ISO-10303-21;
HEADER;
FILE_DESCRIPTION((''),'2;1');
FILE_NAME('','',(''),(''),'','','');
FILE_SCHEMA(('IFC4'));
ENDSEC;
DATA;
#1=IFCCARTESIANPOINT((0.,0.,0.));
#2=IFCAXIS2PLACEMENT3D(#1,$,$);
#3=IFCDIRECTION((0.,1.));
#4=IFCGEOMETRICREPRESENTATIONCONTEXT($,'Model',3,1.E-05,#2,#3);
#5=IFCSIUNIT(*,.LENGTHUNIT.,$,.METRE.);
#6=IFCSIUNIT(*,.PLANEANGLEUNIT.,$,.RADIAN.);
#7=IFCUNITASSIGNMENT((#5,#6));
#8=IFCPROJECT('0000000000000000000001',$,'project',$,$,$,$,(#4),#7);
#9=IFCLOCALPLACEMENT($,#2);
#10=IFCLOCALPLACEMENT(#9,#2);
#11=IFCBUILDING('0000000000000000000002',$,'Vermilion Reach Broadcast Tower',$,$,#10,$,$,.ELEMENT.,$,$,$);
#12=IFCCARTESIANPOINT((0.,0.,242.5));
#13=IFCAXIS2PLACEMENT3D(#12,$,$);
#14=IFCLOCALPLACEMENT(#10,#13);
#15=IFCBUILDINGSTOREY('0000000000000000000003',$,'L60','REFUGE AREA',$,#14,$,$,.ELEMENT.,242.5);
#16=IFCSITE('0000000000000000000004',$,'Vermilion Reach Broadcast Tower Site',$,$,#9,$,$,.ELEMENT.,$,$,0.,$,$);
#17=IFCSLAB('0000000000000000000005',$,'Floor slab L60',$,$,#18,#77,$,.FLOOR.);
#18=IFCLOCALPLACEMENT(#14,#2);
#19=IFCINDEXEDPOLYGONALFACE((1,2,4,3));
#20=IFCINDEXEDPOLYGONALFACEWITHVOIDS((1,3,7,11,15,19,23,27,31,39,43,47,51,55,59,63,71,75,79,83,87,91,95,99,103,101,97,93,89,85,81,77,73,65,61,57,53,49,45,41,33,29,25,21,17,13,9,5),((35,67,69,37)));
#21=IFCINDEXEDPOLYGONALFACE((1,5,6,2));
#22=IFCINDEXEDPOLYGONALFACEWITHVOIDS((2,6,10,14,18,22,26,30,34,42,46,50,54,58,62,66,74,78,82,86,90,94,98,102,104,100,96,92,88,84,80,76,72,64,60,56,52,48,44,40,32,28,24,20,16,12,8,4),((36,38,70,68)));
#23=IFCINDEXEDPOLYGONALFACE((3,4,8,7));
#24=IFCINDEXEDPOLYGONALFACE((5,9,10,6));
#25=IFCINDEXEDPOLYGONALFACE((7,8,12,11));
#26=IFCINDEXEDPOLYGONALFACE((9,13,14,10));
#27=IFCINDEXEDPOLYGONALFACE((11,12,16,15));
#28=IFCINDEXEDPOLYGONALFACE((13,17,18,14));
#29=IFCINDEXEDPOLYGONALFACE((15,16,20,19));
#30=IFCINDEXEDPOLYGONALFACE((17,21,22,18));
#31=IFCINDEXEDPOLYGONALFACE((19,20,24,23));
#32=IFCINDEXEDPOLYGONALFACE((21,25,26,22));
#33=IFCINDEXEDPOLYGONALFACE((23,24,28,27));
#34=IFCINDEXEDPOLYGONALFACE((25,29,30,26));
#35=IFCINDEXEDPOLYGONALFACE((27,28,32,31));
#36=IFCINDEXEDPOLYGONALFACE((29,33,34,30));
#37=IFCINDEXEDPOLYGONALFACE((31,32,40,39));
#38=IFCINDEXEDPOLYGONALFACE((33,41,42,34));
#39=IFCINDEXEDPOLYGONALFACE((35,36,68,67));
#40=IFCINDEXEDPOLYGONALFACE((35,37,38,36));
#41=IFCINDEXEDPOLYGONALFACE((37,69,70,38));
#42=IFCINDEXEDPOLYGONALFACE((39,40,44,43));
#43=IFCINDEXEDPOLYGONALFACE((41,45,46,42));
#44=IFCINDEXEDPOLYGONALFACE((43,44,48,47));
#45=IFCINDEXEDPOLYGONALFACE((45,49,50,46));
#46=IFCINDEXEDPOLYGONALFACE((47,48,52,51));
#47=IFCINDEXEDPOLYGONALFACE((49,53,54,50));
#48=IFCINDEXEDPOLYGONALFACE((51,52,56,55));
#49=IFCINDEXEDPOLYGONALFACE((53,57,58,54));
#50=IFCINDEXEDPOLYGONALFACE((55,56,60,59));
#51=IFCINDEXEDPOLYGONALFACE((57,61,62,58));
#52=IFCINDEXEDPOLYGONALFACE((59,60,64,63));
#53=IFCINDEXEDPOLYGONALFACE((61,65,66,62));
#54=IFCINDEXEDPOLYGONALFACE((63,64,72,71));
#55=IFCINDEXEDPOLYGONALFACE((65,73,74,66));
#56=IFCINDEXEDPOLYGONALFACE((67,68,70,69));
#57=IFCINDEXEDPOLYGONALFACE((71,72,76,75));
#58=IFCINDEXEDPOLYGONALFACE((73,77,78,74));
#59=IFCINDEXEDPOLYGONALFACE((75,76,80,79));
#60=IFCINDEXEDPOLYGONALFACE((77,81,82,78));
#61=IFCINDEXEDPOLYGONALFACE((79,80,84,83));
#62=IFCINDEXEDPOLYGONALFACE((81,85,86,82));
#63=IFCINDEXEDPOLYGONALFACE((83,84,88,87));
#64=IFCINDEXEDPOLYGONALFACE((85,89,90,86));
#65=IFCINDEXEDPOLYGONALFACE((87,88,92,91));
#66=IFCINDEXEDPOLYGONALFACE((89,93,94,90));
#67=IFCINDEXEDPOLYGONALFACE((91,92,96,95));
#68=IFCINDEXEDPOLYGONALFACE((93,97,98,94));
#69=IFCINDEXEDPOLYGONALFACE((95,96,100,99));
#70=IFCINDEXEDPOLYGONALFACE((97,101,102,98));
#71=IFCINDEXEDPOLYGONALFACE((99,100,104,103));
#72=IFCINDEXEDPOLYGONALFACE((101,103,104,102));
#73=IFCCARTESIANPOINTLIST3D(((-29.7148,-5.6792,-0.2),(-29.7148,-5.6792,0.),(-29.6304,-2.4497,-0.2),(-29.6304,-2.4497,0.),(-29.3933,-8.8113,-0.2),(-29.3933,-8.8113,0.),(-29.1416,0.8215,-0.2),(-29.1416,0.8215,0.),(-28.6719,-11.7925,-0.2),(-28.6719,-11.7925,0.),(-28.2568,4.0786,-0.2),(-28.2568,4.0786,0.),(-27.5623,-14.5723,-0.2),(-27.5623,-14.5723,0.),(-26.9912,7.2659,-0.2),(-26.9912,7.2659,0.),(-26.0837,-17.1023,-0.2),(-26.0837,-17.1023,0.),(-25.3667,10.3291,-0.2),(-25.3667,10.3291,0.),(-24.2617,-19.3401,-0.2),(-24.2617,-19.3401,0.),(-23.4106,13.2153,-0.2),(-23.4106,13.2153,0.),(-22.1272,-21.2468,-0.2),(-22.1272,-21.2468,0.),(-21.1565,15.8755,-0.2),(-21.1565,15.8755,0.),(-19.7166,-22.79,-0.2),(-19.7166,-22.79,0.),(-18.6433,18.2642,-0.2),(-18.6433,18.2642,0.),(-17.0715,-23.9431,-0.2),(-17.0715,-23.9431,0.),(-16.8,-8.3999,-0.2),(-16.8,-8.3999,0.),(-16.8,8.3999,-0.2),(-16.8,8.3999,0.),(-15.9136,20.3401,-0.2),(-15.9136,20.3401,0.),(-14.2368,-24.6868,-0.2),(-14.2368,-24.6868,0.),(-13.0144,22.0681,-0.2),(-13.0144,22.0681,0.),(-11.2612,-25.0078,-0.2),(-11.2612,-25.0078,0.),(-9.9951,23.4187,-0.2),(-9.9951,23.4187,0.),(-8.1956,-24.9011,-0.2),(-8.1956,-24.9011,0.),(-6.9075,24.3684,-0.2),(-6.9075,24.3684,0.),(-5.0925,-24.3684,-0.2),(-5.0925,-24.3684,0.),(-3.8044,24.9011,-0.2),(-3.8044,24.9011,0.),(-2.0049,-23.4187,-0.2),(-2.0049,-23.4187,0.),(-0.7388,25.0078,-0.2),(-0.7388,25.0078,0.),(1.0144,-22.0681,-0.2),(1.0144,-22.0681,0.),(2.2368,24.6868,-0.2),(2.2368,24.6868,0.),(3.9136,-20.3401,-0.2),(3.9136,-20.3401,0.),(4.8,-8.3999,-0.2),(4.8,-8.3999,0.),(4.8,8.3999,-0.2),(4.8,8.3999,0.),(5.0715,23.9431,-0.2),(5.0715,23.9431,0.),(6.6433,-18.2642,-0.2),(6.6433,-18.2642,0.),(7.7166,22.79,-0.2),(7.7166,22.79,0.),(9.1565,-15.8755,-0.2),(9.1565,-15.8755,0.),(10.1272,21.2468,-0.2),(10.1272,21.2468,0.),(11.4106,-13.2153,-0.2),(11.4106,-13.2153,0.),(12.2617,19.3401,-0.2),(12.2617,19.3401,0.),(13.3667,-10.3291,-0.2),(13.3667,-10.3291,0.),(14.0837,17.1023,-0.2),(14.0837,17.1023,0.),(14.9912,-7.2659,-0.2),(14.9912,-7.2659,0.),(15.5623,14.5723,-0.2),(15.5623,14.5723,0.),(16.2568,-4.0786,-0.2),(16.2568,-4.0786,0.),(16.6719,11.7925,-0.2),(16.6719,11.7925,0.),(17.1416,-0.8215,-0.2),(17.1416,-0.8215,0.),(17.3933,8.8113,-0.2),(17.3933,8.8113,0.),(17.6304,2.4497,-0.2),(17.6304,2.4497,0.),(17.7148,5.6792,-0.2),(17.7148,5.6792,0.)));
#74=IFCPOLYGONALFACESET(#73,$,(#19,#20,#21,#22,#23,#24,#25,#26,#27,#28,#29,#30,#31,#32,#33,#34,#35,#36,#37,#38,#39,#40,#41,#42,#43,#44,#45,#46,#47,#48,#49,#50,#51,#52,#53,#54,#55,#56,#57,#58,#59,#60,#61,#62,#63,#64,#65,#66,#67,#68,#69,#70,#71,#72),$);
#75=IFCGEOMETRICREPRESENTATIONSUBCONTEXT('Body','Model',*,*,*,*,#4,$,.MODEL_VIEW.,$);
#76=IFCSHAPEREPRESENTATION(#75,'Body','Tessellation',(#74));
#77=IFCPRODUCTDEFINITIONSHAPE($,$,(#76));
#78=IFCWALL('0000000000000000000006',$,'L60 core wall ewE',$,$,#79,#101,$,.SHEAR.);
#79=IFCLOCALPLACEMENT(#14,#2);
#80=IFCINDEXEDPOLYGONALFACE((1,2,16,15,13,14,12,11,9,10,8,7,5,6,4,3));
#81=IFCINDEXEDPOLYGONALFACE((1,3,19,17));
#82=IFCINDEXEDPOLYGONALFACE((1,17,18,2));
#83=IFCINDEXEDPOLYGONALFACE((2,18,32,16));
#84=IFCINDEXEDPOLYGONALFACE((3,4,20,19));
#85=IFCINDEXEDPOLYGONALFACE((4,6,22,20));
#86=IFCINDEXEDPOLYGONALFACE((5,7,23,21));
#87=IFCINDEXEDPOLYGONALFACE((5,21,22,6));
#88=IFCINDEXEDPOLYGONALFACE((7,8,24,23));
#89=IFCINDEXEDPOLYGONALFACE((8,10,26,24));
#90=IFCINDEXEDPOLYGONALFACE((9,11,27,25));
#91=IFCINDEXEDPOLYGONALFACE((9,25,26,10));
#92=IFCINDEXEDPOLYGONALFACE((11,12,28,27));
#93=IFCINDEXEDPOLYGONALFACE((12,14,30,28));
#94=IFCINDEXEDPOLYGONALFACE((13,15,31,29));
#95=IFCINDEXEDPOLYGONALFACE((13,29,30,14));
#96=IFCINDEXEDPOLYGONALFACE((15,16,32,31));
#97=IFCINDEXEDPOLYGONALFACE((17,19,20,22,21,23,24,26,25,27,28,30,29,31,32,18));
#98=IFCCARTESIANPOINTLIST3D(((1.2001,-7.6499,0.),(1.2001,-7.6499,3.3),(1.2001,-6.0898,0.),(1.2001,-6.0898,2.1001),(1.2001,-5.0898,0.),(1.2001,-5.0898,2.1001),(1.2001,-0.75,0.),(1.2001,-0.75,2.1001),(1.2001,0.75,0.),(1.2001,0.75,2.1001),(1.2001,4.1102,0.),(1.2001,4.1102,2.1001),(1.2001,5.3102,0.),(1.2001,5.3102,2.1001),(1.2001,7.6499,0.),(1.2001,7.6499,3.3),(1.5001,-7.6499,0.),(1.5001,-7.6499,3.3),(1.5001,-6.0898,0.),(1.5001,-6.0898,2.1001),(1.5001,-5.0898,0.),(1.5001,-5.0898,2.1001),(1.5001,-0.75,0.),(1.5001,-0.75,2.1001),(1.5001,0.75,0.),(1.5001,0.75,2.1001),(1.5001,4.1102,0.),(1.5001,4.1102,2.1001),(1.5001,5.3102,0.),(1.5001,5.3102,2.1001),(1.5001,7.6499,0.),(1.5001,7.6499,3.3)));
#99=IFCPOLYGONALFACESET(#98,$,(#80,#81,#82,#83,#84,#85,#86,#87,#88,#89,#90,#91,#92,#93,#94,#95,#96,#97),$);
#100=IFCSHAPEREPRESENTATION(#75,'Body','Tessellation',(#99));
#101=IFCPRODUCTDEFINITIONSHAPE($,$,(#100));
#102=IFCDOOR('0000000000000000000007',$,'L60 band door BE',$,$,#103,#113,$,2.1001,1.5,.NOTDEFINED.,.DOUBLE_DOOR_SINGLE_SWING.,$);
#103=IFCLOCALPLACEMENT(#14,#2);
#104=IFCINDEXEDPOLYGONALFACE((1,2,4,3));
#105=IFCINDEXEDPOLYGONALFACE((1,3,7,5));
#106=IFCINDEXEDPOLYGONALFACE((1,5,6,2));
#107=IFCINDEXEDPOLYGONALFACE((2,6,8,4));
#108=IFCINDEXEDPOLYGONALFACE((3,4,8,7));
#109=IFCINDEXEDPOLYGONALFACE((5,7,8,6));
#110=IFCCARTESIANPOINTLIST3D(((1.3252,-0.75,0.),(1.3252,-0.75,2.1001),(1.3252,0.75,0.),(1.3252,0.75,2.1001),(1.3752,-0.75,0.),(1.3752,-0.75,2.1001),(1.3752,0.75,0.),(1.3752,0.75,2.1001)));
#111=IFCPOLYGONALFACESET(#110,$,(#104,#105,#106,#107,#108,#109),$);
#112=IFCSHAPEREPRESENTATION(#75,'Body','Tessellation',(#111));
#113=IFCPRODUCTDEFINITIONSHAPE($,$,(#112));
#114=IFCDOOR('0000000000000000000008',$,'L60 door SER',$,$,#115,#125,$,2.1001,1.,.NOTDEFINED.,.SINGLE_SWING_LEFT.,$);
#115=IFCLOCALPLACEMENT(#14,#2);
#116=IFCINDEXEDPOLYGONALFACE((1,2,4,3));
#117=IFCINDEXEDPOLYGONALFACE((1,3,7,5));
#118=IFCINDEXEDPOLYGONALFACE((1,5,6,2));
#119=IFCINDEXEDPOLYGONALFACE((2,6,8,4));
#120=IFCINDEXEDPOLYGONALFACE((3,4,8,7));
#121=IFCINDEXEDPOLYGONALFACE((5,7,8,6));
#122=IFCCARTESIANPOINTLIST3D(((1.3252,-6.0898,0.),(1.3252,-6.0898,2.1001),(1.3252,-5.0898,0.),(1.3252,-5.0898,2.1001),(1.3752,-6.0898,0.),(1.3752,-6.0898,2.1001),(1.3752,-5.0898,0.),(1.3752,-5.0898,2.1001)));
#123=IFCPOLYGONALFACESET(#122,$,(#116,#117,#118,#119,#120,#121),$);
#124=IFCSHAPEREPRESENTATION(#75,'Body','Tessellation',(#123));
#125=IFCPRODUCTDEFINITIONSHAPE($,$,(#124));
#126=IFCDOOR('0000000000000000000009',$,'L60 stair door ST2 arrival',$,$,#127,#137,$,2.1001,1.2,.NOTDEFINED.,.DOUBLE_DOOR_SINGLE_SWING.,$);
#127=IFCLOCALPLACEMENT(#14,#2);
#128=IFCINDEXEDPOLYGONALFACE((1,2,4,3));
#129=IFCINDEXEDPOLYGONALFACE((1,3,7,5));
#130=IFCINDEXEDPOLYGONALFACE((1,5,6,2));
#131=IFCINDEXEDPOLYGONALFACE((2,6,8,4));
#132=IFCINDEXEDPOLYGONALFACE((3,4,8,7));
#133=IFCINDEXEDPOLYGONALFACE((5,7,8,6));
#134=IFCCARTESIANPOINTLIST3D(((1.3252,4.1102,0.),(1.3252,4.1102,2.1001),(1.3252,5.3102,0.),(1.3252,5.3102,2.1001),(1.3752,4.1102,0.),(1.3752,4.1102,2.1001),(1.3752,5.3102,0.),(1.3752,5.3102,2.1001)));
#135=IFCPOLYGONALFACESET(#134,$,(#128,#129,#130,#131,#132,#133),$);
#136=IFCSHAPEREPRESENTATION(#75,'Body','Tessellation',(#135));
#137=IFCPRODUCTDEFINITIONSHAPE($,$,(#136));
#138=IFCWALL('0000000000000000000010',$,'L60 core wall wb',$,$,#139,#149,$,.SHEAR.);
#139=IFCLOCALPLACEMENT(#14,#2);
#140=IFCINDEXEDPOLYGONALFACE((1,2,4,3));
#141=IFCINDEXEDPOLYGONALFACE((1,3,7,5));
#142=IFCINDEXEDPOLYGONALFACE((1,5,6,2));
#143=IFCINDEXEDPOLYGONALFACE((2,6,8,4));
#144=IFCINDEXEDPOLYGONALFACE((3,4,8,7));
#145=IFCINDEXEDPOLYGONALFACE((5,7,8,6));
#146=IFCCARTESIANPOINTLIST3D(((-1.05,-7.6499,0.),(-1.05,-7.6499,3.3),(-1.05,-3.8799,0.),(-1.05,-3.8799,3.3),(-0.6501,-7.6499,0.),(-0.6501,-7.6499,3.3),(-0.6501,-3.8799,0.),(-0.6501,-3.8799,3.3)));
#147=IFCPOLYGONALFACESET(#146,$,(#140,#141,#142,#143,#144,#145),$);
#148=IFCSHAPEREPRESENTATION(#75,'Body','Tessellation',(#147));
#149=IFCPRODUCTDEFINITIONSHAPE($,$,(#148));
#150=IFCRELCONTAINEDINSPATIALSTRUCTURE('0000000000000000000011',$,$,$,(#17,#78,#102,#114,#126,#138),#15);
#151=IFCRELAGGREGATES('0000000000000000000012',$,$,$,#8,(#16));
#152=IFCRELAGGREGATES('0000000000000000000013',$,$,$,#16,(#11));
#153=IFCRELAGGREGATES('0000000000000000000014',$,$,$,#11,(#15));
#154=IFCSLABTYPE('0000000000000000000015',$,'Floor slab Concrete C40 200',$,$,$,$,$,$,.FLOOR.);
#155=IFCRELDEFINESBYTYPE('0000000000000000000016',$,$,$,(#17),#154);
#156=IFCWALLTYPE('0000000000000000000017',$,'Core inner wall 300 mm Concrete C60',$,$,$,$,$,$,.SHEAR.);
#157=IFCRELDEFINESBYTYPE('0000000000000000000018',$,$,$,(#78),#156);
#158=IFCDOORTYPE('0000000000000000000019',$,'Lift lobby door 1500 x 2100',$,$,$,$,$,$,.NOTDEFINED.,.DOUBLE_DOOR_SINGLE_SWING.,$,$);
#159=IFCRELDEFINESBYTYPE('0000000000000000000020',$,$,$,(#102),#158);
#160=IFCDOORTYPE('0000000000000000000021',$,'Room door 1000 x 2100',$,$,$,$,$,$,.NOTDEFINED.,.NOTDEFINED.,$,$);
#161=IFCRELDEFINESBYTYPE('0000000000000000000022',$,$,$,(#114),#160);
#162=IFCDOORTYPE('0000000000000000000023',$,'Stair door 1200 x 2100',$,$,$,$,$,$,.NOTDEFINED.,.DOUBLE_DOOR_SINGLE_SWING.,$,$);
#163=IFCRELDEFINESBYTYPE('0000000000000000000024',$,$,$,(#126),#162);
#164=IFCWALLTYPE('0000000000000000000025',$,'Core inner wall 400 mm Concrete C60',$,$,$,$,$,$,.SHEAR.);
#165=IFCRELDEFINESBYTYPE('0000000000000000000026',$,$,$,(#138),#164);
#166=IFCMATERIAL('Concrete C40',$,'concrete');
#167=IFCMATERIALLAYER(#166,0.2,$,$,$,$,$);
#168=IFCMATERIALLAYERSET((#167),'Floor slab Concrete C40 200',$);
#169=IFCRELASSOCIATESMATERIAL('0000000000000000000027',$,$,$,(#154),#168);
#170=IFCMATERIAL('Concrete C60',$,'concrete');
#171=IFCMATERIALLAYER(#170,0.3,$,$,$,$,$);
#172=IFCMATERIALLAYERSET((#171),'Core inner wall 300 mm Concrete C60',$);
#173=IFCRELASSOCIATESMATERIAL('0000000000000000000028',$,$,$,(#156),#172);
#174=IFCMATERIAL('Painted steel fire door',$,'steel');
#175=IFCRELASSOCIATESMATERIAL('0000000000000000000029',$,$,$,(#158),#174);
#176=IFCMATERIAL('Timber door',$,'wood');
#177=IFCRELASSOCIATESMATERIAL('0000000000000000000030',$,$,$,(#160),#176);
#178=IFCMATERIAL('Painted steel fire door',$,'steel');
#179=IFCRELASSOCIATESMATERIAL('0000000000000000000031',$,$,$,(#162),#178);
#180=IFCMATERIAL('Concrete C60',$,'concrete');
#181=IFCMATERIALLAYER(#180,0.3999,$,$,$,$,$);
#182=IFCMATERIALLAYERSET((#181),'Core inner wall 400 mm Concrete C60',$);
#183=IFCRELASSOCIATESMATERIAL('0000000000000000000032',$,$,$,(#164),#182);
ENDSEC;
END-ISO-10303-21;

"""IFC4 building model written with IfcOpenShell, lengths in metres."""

from ifc_helpers import new_model, si_unit, direction, frame, frame_2d, origin, place, context, subcontext, project, spatial, polyline, rectangle, outline, extrude, material, layer, layer_set, type_object, element, fill, save


model = new_model("IFC4")

# Units and contexts
model_context = context("Model", 3, precision=1e-05, world=origin(), true_north=direction((0.0, 1.0)))
body_context = subcontext(model_context, "Body", "Model", "MODEL_VIEW")
ifc_project = project(units=[si_unit("LENGTHUNIT", "METRE"), si_unit("PLANEANGLEUNIT", "RADIAN")], contexts=[model_context])

# Site, building, storey
site_placement = place(None, origin())
site = spatial("IfcSite", under=ifc_project, at=site_placement, Name="Vermilion Reach Broadcast Tower Site", CompositionType="ELEMENT", RefElevation=0.0)
building_placement = place(site_placement, origin())
building = spatial("IfcBuilding", under=site, at=building_placement, Name="Vermilion Reach Broadcast Tower", CompositionType="ELEMENT")
storey_placement = place(building_placement, frame((0.0, 0.0, 242.5)))
storey = spatial("IfcBuildingStorey", under=building, at=storey_placement, Name="L60", Description="REFUGE AREA", CompositionType="ELEMENT", Elevation=242.5)

# Slab
ifc_material_1 = material(Name="Concrete C40", Category="concrete")
ifc_layer_1 = layer(ifc_material_1, 0.2)
ifc_layer_set_1 = layer_set([ifc_layer_1], Name="Floor slab Concrete C40 200")
slab_type_1 = type_object("IfcSlabType", Name="Floor slab Concrete C40 200", PredefinedType="FLOOR", material=ifc_layer_set_1)
slab_1_placement = place(storey_placement, frame((0.0, 0.0, -0.2)))
element("IfcSlab", 1, at=slab_1_placement, inside=storey, type_object=slab_type_1, Name="Floor slab L60", PredefinedType="FLOOR", context=body_context, shape_type="SweptSolid", body=[
    extrude(outline(polyline([(10.1272, 21.2468), (7.7166, 22.79), (5.0715, 23.9431), (2.2368, 24.6868), (-0.7388, 25.0078), (-3.8044, 24.9011), (-6.9075, 24.3684), (-9.9951, 23.4187), (-13.0144, 22.0681), (-15.9136, 20.3401), (-18.6433, 18.2642), (-21.1565, 15.8755), (-23.4106, 13.2153), (-25.3667, 10.3291), (-26.9912, 7.2659), (-28.2568, 4.0786), (-29.1416, 0.8215), (-29.6304, -2.4497), (-29.7148, -5.6792), (-29.3933, -8.8113), (-28.6719, -11.7925), (-27.5623, -14.5723), (-26.0837, -17.1023), (-24.2617, -19.3401), (-22.1272, -21.2468), (-19.7166, -22.79), (-17.0715, -23.9431), (-14.2368, -24.6868), (-11.2612, -25.0078), (-8.1956, -24.9011), (-5.0925, -24.3684), (-2.0049, -23.4187), (1.0144, -22.0681), (3.9136, -20.3401), (6.6433, -18.2642), (9.1565, -15.8755), (11.4106, -13.2153), (13.3667, -10.3291), (14.9912, -7.2659), (16.2568, -4.0786), (17.1416, -0.8215), (17.6304, 2.4497), (17.7148, 5.6792), (17.3933, 8.8113), (16.6719, 11.7925), (15.5623, 14.5723), (14.0837, 17.1023), (12.2617, 19.3401), (10.1272, 21.2468)]), holes=[polyline([(-16.8, -8.3999), (4.8, -8.3999), (4.8, 8.3999), (-16.8, 8.3999), (-16.8, -8.3999)])]), origin(), (0.0, 0.0, 1.0), 0.2),
])

# Wall, openings, doors
ifc_material_2 = material(Name="Concrete C60", Category="concrete")
ifc_layer_2 = layer(ifc_material_2, 0.3)
ifc_layer_set_2 = layer_set([ifc_layer_2], Name="Core inner wall 300 mm Concrete C60")
wall_type_1 = type_object("IfcWallType", Name="Core inner wall 300 mm Concrete C60", PredefinedType="SHEAR", material=ifc_layer_set_2)
wall_1_placement = place(storey_placement, frame((1.3501, -7.6499, 0.0), z_axis=(0.0, 0.0, 1.0), x_axis=(0.0, 1.0, 0.0)))
wall_1 = element("IfcWall", 2, at=wall_1_placement, inside=storey, type_object=wall_type_1, Name="L60 core wall ewE", PredefinedType="SHEAR", context=body_context, shape_type="SweptSolid", body=[
    extrude(rectangle(XDim=15.2998, YDim=0.3, at=frame_2d((7.6499, 0.0))), origin(), (0.0, 0.0, 1.0), 3.3),
])
opening_1_placement = place(wall_1_placement, frame((11.76, 0.0, 0.0)))
opening_1 = element("IfcOpeningElement", 3, at=opening_1_placement, cuts=wall_1, PredefinedType="OPENING", context=body_context, shape_type="SweptSolid", body=[
    extrude(rectangle(XDim=1.2, YDim=2.1001, at=frame_2d((0.6001, 1.05))), frame((0.0, 0.1599, 0.0), z_axis=(0.0, -1.0, 0.0), x_axis=(1.0, 0.0, 0.0)), (0.0, 0.0, 1.0), 0.3201),
])
opening_2_placement = place(wall_1_placement, frame((1.5601, 0.0, 0.0)))
opening_2 = element("IfcOpeningElement", 4, at=opening_2_placement, cuts=wall_1, PredefinedType="OPENING", context=body_context, shape_type="SweptSolid", body=[
    extrude(rectangle(XDim=1.0, YDim=2.1001, at=frame_2d((0.5, 1.05))), frame((0.0, 0.1599, 0.0), z_axis=(0.0, -1.0, 0.0), x_axis=(1.0, 0.0, 0.0)), (0.0, 0.0, 1.0), 0.3201),
])
opening_3_placement = place(wall_1_placement, frame((6.8999, 0.0, 0.0)))
opening_3 = element("IfcOpeningElement", 5, at=opening_3_placement, cuts=wall_1, PredefinedType="OPENING", context=body_context, shape_type="SweptSolid", body=[
    extrude(rectangle(XDim=1.5, YDim=2.1001, at=frame_2d((0.75, 1.05))), frame((0.0, 0.1599, 0.0), z_axis=(0.0, -1.0, 0.0), x_axis=(1.0, 0.0, 0.0)), (0.0, 0.0, 1.0), 0.3201),
])
ifc_material_3 = material(Name="Painted steel fire door", Category="steel")
door_type_1 = type_object("IfcDoorType", Name="Lift lobby door 1500 x 2100", OperationType="DOUBLE_DOOR_SINGLE_SWING", PredefinedType="NOTDEFINED", material=ifc_material_3)
door_1_placement = place(opening_3_placement, origin())
door_1 = element("IfcDoor", 6, at=door_1_placement, inside=storey, type_object=door_type_1, Name="L60 band door BE", OperationType="DOUBLE_DOOR_SINGLE_SWING", OverallHeight=2.1001, OverallWidth=1.5, PredefinedType="NOTDEFINED", context=body_context, shape_type="SweptSolid", body=[
    extrude(rectangle(XDim=1.5, YDim=2.1001, at=frame_2d((0.75, 1.05))), frame((0.0, 0.0249, 0.0), z_axis=(0.0, -1.0, 0.0), x_axis=(1.0, 0.0, 0.0)), (0.0, 0.0, 1.0), 0.05),
])
fill(opening_3, door_1)
ifc_material_4 = material(Name="Timber door", Category="wood")
door_type_2 = type_object("IfcDoorType", Name="Room door 1000 x 2100", OperationType="NOTDEFINED", PredefinedType="NOTDEFINED", material=ifc_material_4)
door_2_placement = place(opening_2_placement, origin())
door_2 = element("IfcDoor", 7, at=door_2_placement, inside=storey, type_object=door_type_2, Name="L60 door SER", OperationType="SINGLE_SWING_LEFT", OverallHeight=2.1001, OverallWidth=1.0, PredefinedType="NOTDEFINED", context=body_context, shape_type="SweptSolid", body=[
    extrude(rectangle(XDim=1.0, YDim=2.1001, at=frame_2d((0.5, 1.05))), frame((0.0, 0.0249, 0.0), z_axis=(0.0, -1.0, 0.0), x_axis=(1.0, 0.0, 0.0)), (0.0, 0.0, 1.0), 0.05),
])
fill(opening_2, door_2)
ifc_material_5 = material(Name="Painted steel fire door", Category="steel")
door_type_3 = type_object("IfcDoorType", Name="Stair door 1200 x 2100", OperationType="DOUBLE_DOOR_SINGLE_SWING", PredefinedType="NOTDEFINED", material=ifc_material_5)
door_3_placement = place(opening_1_placement, origin())
door_3 = element("IfcDoor", 8, at=door_3_placement, inside=storey, type_object=door_type_3, Name="L60 stair door ST2 arrival", OperationType="DOUBLE_DOOR_SINGLE_SWING", OverallHeight=2.1001, OverallWidth=1.2, PredefinedType="NOTDEFINED", context=body_context, shape_type="SweptSolid", body=[
    extrude(rectangle(XDim=1.2, YDim=2.1001, at=frame_2d((0.6001, 1.05))), frame((0.0, 0.0249, 0.0), z_axis=(0.0, -1.0, 0.0), x_axis=(1.0, 0.0, 0.0)), (0.0, 0.0, 1.0), 0.05),
])
fill(opening_1, door_3)

# Wall
ifc_material_6 = material(Name="Concrete C60", Category="concrete")
ifc_layer_3 = layer(ifc_material_6, 0.3999)
ifc_layer_set_3 = layer_set([ifc_layer_3], Name="Core inner wall 400 mm Concrete C60")
wall_type_2 = type_object("IfcWallType", Name="Core inner wall 400 mm Concrete C60", PredefinedType="SHEAR", material=ifc_layer_set_3)
wall_2_placement = place(storey_placement, frame((-0.8501, -3.8799, 0.0), z_axis=(0.0, 0.0, 1.0), x_axis=(0.0, -1.0, 0.0)))
element("IfcWall", 9, at=wall_2_placement, inside=storey, type_object=wall_type_2, Name="L60 core wall wb", PredefinedType="SHEAR", context=body_context, shape_type="SweptSolid", body=[
    extrude(rectangle(XDim=3.77, YDim=0.3999, at=frame_2d((1.885, 0.0))), origin(), (0.0, 0.0, 1.0), 3.3),
])

save(model, "model.ifc")
